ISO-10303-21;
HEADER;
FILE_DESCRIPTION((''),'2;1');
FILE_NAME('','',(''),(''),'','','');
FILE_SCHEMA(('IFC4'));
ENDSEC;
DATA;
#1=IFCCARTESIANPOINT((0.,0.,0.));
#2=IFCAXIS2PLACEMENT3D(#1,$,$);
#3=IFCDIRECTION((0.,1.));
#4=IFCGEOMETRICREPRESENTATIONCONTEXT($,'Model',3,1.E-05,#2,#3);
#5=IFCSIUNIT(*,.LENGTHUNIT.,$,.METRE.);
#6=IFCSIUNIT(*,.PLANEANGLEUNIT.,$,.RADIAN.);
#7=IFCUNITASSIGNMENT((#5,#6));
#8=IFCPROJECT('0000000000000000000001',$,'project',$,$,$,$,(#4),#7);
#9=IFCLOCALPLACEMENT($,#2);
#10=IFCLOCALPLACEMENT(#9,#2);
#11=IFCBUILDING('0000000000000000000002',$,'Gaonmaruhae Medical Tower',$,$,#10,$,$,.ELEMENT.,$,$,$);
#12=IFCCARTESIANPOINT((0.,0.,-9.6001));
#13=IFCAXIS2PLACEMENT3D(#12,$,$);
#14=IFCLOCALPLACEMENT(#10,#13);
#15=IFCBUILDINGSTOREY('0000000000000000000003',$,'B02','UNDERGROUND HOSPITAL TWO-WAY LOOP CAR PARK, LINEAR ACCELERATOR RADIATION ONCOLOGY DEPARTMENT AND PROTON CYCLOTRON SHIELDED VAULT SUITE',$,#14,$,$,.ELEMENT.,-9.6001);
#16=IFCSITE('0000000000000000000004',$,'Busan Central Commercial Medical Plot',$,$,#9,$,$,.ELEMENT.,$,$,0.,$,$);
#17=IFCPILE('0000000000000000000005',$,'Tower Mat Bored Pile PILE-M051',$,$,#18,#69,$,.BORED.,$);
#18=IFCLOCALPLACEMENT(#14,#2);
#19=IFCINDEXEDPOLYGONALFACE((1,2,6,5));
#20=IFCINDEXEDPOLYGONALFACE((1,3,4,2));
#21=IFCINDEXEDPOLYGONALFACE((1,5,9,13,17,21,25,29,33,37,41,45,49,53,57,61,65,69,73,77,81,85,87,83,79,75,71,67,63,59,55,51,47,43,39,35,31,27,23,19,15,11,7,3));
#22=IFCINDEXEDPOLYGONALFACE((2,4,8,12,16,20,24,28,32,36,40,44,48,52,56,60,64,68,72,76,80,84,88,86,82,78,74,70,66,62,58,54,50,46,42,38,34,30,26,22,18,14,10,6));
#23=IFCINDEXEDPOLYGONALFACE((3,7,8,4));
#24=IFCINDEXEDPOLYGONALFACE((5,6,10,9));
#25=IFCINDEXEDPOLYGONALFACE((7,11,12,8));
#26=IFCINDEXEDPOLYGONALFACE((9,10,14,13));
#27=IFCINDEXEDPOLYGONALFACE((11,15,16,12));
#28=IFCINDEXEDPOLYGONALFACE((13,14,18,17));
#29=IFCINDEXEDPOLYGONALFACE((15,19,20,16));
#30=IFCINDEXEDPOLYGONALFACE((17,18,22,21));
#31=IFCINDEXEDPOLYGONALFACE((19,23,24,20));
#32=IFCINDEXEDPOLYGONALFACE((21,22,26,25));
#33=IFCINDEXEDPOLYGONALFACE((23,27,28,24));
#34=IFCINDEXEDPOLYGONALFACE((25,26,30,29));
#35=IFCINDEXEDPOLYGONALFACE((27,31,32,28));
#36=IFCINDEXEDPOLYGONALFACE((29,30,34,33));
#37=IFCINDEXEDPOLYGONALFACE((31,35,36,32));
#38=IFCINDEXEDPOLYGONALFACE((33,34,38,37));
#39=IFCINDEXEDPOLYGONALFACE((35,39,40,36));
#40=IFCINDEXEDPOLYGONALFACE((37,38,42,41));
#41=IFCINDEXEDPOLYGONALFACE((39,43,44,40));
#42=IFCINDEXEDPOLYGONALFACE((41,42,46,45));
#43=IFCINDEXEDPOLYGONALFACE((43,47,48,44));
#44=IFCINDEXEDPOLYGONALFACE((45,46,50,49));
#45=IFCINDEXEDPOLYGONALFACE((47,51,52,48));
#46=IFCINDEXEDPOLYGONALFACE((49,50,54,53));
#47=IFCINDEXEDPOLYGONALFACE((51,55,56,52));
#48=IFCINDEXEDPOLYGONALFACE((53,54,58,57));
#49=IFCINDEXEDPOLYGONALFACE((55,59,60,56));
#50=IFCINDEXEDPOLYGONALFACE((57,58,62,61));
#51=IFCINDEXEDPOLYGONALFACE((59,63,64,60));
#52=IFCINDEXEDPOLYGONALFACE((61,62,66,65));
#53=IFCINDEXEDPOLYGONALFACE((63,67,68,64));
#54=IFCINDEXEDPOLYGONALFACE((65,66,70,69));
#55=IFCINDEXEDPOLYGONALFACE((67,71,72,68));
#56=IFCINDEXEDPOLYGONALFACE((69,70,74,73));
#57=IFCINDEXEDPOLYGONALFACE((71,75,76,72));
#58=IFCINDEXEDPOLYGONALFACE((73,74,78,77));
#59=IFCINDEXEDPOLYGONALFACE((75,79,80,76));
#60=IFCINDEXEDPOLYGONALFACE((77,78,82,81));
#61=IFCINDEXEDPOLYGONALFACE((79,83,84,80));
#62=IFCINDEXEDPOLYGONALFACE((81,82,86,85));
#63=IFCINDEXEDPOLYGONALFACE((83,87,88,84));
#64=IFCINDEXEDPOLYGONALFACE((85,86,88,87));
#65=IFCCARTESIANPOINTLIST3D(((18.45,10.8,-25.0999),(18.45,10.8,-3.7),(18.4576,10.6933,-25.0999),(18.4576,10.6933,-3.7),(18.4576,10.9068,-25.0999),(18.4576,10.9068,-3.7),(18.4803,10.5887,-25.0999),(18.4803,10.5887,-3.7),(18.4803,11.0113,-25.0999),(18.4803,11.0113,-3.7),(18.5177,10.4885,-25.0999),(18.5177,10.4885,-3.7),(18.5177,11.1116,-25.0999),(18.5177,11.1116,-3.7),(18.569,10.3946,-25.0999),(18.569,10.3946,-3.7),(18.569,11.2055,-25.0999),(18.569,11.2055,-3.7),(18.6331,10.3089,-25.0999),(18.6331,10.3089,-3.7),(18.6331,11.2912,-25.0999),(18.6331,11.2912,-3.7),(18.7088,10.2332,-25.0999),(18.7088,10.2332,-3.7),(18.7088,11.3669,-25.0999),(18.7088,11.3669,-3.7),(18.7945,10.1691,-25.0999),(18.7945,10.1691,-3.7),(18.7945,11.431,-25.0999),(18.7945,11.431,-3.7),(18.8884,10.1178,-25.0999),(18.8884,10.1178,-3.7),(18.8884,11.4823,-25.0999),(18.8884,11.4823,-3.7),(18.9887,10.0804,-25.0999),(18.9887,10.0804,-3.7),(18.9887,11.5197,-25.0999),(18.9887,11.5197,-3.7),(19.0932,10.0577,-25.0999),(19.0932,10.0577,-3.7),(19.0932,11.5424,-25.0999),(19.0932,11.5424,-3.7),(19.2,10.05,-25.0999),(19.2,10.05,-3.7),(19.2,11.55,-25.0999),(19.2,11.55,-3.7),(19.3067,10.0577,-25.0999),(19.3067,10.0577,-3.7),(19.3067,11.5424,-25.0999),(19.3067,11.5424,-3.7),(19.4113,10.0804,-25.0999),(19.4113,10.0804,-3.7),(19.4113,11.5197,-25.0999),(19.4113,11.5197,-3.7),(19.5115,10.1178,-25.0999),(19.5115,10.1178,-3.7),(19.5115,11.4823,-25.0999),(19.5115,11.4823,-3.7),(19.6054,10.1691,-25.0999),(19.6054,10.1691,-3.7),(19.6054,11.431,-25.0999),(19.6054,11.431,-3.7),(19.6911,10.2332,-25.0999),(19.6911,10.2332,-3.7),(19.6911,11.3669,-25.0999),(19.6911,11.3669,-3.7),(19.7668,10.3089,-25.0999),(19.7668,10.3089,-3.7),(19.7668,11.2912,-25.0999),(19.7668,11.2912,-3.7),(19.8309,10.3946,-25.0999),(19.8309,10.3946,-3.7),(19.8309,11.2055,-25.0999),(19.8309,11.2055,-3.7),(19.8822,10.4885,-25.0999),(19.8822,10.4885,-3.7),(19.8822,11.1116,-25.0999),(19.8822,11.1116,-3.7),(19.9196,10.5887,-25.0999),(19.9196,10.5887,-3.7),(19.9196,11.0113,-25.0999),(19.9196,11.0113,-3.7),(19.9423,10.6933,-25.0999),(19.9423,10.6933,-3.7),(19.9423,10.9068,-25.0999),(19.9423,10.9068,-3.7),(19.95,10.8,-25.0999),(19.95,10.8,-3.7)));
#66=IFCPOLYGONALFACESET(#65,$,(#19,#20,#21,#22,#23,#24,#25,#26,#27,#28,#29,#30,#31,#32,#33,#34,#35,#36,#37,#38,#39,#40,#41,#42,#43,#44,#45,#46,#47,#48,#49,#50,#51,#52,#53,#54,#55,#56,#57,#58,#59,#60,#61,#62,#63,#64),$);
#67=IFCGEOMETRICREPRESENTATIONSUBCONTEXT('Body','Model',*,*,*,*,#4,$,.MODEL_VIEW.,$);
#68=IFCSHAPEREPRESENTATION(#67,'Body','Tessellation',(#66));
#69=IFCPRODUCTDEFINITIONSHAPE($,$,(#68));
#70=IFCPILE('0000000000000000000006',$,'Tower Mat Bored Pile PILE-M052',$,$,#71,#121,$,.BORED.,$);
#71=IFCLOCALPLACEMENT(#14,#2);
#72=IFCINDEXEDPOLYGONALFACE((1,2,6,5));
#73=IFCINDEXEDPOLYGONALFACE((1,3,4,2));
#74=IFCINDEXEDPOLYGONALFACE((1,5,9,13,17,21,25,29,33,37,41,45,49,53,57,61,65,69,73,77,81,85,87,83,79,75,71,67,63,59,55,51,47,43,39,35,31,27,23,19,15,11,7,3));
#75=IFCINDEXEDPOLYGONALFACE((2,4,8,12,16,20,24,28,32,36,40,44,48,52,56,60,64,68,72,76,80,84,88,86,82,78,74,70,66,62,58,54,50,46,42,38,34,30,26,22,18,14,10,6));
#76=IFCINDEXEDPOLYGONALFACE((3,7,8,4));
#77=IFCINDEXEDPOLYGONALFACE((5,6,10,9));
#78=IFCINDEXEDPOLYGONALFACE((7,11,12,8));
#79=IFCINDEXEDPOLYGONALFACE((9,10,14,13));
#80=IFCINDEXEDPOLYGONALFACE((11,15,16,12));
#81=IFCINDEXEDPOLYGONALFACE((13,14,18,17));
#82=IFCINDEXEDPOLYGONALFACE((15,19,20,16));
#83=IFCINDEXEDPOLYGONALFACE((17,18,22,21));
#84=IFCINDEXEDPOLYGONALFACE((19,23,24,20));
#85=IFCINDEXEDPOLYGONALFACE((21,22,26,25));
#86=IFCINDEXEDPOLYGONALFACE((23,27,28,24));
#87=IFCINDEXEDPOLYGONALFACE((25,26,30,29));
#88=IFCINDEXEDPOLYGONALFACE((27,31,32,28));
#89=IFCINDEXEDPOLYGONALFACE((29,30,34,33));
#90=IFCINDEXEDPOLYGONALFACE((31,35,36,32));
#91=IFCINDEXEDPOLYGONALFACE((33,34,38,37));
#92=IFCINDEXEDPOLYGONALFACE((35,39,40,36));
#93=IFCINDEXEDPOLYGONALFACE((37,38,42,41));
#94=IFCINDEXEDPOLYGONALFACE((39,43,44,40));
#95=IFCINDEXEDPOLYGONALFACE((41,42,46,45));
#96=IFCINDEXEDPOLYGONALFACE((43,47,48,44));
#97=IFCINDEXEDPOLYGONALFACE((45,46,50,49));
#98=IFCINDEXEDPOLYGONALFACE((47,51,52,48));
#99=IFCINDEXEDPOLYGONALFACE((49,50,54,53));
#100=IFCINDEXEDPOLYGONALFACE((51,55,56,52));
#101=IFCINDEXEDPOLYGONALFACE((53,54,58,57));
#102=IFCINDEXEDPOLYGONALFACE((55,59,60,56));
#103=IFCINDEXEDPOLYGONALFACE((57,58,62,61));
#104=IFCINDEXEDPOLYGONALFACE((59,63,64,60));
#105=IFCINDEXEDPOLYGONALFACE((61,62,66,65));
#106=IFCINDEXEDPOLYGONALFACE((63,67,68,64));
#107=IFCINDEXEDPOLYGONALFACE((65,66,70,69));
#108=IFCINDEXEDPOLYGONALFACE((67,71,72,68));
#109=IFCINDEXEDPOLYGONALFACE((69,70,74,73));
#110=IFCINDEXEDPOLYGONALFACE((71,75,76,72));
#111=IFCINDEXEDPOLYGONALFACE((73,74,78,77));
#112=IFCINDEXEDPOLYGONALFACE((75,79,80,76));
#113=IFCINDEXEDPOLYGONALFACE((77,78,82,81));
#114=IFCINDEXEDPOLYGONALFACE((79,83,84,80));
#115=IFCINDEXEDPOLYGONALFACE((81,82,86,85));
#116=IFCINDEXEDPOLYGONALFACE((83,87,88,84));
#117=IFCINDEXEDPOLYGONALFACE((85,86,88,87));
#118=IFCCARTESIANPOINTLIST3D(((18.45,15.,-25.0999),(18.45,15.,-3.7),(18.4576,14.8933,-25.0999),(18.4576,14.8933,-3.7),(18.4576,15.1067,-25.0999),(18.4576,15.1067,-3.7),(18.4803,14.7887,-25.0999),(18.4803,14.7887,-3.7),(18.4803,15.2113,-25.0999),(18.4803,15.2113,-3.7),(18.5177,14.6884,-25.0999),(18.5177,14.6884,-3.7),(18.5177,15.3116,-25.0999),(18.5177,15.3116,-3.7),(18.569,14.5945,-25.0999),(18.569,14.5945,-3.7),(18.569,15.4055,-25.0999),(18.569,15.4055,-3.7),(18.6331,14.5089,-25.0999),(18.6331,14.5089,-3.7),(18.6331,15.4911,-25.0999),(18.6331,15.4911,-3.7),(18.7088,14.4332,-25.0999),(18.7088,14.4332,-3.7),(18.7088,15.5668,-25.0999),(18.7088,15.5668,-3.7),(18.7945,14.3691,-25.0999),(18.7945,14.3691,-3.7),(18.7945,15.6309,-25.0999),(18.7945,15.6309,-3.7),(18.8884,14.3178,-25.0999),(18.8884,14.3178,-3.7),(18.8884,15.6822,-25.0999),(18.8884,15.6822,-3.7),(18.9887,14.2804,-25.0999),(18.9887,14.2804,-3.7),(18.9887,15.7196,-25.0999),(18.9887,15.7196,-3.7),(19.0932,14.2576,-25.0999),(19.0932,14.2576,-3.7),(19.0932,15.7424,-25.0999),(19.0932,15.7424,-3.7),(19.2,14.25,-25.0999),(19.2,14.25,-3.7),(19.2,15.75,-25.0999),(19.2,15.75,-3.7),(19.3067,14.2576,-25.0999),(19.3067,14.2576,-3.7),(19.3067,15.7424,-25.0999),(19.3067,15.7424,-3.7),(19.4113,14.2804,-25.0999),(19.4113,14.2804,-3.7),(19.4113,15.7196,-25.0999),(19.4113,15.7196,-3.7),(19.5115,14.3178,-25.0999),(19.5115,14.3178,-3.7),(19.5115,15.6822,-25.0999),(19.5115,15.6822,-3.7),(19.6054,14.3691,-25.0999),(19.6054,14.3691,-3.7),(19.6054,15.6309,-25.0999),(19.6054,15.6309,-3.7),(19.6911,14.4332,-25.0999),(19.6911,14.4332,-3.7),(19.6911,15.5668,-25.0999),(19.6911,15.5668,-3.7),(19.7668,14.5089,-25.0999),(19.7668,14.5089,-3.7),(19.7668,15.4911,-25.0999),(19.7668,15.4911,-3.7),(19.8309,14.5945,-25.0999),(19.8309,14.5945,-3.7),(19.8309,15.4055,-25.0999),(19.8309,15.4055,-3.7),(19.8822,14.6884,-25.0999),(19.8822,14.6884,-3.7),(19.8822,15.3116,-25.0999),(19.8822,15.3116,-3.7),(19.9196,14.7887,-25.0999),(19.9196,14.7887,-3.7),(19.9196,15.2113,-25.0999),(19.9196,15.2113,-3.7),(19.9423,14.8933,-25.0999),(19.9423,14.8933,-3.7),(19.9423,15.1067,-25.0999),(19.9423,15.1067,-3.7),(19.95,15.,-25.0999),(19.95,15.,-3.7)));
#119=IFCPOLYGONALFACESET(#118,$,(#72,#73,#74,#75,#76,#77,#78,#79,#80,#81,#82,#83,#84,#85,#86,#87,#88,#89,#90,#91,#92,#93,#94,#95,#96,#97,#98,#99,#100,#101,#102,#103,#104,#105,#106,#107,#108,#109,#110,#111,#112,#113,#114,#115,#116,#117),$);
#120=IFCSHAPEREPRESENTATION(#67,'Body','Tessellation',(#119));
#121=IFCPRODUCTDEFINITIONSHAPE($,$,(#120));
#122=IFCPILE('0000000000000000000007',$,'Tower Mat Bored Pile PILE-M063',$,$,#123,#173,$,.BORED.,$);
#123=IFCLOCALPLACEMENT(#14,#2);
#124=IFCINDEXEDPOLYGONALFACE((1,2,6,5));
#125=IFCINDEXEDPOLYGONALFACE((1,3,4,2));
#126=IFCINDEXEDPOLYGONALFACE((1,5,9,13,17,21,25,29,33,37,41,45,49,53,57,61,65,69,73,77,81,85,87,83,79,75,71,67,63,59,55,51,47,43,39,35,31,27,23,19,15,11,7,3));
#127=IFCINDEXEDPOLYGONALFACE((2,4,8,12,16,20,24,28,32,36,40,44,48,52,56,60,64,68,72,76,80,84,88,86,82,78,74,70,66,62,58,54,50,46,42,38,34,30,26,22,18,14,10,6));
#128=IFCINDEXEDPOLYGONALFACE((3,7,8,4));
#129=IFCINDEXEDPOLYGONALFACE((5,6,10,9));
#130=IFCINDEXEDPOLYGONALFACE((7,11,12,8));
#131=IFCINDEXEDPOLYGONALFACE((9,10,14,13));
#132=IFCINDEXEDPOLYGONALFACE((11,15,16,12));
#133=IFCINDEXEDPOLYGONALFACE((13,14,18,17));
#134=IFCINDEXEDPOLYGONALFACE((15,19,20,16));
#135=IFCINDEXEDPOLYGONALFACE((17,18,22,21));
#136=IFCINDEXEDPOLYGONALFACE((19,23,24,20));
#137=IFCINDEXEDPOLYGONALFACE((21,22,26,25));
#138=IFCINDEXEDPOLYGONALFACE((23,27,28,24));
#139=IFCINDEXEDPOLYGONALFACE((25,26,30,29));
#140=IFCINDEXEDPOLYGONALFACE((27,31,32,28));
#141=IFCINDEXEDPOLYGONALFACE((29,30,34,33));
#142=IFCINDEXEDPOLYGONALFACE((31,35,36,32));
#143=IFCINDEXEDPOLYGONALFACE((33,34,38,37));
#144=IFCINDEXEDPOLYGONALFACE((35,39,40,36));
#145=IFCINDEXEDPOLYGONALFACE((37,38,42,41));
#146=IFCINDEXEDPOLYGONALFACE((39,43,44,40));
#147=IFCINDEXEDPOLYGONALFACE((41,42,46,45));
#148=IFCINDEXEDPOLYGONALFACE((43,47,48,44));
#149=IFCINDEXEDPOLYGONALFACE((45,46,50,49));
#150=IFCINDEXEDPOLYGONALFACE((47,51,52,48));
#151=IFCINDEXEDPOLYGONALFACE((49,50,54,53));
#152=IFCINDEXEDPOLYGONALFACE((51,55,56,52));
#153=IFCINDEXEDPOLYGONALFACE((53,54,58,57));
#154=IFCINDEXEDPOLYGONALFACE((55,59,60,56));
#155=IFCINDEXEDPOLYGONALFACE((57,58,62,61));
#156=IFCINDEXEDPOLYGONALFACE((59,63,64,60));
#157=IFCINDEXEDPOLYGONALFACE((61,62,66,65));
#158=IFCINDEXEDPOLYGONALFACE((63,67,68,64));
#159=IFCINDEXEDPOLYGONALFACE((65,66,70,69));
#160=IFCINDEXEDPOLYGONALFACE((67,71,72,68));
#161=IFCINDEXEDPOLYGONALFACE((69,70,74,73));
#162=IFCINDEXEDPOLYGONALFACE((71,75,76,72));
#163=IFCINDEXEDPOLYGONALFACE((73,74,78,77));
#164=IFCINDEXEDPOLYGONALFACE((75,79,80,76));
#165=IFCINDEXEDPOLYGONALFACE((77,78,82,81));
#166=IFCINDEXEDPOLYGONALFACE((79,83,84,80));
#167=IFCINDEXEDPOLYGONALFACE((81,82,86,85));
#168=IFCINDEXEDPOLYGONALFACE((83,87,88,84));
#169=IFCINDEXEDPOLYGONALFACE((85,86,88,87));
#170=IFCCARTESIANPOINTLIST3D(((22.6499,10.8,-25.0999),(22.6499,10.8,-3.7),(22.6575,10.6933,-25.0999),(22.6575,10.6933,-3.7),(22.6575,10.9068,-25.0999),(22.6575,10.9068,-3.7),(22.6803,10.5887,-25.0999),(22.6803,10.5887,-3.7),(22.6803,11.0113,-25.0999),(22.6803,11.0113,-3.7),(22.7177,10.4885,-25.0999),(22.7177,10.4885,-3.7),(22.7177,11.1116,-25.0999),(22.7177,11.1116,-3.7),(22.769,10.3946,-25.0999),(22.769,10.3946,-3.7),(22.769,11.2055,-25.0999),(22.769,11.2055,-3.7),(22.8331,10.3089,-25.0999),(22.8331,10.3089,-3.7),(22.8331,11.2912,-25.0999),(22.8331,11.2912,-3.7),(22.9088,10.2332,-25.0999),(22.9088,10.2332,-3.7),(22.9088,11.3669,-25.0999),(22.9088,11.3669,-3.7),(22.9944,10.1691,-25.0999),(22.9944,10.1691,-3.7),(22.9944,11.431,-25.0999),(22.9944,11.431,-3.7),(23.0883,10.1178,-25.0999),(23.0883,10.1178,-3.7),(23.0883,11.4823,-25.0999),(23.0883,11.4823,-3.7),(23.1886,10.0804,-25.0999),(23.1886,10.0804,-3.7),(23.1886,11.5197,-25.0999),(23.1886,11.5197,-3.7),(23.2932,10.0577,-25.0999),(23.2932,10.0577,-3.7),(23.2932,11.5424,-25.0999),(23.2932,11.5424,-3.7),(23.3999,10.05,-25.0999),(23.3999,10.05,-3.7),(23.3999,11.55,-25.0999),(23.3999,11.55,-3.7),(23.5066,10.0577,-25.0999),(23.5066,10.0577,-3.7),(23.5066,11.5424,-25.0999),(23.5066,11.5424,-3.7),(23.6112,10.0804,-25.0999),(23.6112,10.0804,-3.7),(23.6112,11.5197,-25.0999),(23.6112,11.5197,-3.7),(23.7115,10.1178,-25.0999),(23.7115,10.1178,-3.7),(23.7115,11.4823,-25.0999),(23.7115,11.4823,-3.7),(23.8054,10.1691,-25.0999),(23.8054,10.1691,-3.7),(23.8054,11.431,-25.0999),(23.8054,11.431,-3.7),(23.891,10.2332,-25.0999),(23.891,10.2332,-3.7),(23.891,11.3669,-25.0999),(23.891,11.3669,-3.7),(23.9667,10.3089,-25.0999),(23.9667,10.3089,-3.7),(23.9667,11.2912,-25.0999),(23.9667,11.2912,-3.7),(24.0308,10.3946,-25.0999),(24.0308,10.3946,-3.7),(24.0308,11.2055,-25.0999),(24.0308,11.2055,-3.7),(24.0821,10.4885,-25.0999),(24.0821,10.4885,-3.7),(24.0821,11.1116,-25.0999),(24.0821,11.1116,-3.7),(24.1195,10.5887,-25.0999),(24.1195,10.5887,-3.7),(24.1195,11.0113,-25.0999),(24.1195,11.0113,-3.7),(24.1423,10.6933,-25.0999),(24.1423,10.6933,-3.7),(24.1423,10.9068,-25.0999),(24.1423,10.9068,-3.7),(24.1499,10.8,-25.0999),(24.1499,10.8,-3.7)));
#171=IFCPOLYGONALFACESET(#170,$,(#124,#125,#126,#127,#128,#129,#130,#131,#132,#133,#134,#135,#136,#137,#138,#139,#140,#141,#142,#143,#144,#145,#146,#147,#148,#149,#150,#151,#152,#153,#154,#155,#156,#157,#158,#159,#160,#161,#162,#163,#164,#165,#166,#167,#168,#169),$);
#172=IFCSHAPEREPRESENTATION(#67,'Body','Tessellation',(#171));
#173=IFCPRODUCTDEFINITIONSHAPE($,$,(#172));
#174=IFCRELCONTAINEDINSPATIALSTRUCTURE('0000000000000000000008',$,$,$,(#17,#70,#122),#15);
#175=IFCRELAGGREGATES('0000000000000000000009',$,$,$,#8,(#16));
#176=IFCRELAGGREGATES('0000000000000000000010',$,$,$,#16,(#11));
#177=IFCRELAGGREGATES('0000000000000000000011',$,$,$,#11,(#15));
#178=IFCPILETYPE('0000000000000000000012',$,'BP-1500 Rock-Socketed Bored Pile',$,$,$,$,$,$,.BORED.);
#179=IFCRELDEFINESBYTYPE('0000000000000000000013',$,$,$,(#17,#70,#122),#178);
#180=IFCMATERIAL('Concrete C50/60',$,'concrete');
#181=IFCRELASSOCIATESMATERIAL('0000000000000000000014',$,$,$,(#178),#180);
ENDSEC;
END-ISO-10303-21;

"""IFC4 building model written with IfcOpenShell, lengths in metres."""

from ifc_helpers import new_model, si_unit, direction, frame, origin, origin_2d, place, context, subcontext, project, spatial, circle, extrude, material, material_profile, profile_set, type_object, element, save


model = new_model("IFC4")

# Units and contexts
model_context = context("Model", 3, precision=1e-05, world=origin(), true_north=direction((0.0, 1.0)))
body_context = subcontext(model_context, "Body", "Model", "MODEL_VIEW")
ifc_project = project(units=[si_unit("LENGTHUNIT", "METRE"), si_unit("PLANEANGLEUNIT", "RADIAN")], contexts=[model_context])

# Site, building, storey
site_placement = place(None, origin())
site = spatial("IfcSite", under=ifc_project, at=site_placement, Name="Busan Central Commercial Medical Plot", CompositionType="ELEMENT", RefElevation=0.0)
building_placement = place(site_placement, origin())
building = spatial("IfcBuilding", under=site, at=building_placement, Name="Gaonmaruhae Medical Tower", CompositionType="ELEMENT")
storey_placement = place(building_placement, frame((0.0, 0.0, -9.6001)))
storey = spatial("IfcBuildingStorey", under=building, at=storey_placement, Name="B02", Description="UNDERGROUND HOSPITAL TWO-WAY LOOP CAR PARK, LINEAR ACCELERATOR RADIATION ONCOLOGY DEPARTMENT AND PROTON CYCLOTRON SHIELDED VAULT SUITE", CompositionType="ELEMENT", Elevation=-9.6001)

# Piles
ifc_material_1 = material(Name="Concrete C50/60", Category="concrete")
ifc_material_profile_1 = material_profile(ifc_material_1, circle(Radius=0.75, at=origin_2d()), Name="PILE-D1500")
ifc_profile_set_1 = profile_set([ifc_material_profile_1], Name="Concrete C50/60")
pile_type = type_object("IfcPileType", Name="BP-1500 Rock-Socketed Bored Pile", PredefinedType="BORED", material=ifc_profile_set_1)
for number, where, z_axis, x_axis, name in (
    (1, (19.2, 10.8, -3.7), (0.0, 0.0, -1.0), (1.0, 0.0, 0.0), "Tower Mat Bored Pile PILE-M051"),
    (2, (19.2, 15.0, -3.7), (0.0, 0.0, -1.0), (1.0, 0.0, 0.0), "Tower Mat Bored Pile PILE-M052"),
    (3, (23.3999, 10.8, -3.7), (0.0, 0.0, -1.0), (1.0, 0.0, 0.0), "Tower Mat Bored Pile PILE-M063"),
):
    element("IfcPile", number, at=place(storey_placement, frame(where, z_axis=z_axis, x_axis=x_axis)), inside=storey, type_object=pile_type, Name=name, PredefinedType="BORED", context=body_context, shape_type="SweptSolid", body=[
        extrude(circle(Radius=0.75, at=origin_2d()), origin(), (0.0, 0.0, 1.0), 21.3999),
    ])

save(model, "model.ifc")
